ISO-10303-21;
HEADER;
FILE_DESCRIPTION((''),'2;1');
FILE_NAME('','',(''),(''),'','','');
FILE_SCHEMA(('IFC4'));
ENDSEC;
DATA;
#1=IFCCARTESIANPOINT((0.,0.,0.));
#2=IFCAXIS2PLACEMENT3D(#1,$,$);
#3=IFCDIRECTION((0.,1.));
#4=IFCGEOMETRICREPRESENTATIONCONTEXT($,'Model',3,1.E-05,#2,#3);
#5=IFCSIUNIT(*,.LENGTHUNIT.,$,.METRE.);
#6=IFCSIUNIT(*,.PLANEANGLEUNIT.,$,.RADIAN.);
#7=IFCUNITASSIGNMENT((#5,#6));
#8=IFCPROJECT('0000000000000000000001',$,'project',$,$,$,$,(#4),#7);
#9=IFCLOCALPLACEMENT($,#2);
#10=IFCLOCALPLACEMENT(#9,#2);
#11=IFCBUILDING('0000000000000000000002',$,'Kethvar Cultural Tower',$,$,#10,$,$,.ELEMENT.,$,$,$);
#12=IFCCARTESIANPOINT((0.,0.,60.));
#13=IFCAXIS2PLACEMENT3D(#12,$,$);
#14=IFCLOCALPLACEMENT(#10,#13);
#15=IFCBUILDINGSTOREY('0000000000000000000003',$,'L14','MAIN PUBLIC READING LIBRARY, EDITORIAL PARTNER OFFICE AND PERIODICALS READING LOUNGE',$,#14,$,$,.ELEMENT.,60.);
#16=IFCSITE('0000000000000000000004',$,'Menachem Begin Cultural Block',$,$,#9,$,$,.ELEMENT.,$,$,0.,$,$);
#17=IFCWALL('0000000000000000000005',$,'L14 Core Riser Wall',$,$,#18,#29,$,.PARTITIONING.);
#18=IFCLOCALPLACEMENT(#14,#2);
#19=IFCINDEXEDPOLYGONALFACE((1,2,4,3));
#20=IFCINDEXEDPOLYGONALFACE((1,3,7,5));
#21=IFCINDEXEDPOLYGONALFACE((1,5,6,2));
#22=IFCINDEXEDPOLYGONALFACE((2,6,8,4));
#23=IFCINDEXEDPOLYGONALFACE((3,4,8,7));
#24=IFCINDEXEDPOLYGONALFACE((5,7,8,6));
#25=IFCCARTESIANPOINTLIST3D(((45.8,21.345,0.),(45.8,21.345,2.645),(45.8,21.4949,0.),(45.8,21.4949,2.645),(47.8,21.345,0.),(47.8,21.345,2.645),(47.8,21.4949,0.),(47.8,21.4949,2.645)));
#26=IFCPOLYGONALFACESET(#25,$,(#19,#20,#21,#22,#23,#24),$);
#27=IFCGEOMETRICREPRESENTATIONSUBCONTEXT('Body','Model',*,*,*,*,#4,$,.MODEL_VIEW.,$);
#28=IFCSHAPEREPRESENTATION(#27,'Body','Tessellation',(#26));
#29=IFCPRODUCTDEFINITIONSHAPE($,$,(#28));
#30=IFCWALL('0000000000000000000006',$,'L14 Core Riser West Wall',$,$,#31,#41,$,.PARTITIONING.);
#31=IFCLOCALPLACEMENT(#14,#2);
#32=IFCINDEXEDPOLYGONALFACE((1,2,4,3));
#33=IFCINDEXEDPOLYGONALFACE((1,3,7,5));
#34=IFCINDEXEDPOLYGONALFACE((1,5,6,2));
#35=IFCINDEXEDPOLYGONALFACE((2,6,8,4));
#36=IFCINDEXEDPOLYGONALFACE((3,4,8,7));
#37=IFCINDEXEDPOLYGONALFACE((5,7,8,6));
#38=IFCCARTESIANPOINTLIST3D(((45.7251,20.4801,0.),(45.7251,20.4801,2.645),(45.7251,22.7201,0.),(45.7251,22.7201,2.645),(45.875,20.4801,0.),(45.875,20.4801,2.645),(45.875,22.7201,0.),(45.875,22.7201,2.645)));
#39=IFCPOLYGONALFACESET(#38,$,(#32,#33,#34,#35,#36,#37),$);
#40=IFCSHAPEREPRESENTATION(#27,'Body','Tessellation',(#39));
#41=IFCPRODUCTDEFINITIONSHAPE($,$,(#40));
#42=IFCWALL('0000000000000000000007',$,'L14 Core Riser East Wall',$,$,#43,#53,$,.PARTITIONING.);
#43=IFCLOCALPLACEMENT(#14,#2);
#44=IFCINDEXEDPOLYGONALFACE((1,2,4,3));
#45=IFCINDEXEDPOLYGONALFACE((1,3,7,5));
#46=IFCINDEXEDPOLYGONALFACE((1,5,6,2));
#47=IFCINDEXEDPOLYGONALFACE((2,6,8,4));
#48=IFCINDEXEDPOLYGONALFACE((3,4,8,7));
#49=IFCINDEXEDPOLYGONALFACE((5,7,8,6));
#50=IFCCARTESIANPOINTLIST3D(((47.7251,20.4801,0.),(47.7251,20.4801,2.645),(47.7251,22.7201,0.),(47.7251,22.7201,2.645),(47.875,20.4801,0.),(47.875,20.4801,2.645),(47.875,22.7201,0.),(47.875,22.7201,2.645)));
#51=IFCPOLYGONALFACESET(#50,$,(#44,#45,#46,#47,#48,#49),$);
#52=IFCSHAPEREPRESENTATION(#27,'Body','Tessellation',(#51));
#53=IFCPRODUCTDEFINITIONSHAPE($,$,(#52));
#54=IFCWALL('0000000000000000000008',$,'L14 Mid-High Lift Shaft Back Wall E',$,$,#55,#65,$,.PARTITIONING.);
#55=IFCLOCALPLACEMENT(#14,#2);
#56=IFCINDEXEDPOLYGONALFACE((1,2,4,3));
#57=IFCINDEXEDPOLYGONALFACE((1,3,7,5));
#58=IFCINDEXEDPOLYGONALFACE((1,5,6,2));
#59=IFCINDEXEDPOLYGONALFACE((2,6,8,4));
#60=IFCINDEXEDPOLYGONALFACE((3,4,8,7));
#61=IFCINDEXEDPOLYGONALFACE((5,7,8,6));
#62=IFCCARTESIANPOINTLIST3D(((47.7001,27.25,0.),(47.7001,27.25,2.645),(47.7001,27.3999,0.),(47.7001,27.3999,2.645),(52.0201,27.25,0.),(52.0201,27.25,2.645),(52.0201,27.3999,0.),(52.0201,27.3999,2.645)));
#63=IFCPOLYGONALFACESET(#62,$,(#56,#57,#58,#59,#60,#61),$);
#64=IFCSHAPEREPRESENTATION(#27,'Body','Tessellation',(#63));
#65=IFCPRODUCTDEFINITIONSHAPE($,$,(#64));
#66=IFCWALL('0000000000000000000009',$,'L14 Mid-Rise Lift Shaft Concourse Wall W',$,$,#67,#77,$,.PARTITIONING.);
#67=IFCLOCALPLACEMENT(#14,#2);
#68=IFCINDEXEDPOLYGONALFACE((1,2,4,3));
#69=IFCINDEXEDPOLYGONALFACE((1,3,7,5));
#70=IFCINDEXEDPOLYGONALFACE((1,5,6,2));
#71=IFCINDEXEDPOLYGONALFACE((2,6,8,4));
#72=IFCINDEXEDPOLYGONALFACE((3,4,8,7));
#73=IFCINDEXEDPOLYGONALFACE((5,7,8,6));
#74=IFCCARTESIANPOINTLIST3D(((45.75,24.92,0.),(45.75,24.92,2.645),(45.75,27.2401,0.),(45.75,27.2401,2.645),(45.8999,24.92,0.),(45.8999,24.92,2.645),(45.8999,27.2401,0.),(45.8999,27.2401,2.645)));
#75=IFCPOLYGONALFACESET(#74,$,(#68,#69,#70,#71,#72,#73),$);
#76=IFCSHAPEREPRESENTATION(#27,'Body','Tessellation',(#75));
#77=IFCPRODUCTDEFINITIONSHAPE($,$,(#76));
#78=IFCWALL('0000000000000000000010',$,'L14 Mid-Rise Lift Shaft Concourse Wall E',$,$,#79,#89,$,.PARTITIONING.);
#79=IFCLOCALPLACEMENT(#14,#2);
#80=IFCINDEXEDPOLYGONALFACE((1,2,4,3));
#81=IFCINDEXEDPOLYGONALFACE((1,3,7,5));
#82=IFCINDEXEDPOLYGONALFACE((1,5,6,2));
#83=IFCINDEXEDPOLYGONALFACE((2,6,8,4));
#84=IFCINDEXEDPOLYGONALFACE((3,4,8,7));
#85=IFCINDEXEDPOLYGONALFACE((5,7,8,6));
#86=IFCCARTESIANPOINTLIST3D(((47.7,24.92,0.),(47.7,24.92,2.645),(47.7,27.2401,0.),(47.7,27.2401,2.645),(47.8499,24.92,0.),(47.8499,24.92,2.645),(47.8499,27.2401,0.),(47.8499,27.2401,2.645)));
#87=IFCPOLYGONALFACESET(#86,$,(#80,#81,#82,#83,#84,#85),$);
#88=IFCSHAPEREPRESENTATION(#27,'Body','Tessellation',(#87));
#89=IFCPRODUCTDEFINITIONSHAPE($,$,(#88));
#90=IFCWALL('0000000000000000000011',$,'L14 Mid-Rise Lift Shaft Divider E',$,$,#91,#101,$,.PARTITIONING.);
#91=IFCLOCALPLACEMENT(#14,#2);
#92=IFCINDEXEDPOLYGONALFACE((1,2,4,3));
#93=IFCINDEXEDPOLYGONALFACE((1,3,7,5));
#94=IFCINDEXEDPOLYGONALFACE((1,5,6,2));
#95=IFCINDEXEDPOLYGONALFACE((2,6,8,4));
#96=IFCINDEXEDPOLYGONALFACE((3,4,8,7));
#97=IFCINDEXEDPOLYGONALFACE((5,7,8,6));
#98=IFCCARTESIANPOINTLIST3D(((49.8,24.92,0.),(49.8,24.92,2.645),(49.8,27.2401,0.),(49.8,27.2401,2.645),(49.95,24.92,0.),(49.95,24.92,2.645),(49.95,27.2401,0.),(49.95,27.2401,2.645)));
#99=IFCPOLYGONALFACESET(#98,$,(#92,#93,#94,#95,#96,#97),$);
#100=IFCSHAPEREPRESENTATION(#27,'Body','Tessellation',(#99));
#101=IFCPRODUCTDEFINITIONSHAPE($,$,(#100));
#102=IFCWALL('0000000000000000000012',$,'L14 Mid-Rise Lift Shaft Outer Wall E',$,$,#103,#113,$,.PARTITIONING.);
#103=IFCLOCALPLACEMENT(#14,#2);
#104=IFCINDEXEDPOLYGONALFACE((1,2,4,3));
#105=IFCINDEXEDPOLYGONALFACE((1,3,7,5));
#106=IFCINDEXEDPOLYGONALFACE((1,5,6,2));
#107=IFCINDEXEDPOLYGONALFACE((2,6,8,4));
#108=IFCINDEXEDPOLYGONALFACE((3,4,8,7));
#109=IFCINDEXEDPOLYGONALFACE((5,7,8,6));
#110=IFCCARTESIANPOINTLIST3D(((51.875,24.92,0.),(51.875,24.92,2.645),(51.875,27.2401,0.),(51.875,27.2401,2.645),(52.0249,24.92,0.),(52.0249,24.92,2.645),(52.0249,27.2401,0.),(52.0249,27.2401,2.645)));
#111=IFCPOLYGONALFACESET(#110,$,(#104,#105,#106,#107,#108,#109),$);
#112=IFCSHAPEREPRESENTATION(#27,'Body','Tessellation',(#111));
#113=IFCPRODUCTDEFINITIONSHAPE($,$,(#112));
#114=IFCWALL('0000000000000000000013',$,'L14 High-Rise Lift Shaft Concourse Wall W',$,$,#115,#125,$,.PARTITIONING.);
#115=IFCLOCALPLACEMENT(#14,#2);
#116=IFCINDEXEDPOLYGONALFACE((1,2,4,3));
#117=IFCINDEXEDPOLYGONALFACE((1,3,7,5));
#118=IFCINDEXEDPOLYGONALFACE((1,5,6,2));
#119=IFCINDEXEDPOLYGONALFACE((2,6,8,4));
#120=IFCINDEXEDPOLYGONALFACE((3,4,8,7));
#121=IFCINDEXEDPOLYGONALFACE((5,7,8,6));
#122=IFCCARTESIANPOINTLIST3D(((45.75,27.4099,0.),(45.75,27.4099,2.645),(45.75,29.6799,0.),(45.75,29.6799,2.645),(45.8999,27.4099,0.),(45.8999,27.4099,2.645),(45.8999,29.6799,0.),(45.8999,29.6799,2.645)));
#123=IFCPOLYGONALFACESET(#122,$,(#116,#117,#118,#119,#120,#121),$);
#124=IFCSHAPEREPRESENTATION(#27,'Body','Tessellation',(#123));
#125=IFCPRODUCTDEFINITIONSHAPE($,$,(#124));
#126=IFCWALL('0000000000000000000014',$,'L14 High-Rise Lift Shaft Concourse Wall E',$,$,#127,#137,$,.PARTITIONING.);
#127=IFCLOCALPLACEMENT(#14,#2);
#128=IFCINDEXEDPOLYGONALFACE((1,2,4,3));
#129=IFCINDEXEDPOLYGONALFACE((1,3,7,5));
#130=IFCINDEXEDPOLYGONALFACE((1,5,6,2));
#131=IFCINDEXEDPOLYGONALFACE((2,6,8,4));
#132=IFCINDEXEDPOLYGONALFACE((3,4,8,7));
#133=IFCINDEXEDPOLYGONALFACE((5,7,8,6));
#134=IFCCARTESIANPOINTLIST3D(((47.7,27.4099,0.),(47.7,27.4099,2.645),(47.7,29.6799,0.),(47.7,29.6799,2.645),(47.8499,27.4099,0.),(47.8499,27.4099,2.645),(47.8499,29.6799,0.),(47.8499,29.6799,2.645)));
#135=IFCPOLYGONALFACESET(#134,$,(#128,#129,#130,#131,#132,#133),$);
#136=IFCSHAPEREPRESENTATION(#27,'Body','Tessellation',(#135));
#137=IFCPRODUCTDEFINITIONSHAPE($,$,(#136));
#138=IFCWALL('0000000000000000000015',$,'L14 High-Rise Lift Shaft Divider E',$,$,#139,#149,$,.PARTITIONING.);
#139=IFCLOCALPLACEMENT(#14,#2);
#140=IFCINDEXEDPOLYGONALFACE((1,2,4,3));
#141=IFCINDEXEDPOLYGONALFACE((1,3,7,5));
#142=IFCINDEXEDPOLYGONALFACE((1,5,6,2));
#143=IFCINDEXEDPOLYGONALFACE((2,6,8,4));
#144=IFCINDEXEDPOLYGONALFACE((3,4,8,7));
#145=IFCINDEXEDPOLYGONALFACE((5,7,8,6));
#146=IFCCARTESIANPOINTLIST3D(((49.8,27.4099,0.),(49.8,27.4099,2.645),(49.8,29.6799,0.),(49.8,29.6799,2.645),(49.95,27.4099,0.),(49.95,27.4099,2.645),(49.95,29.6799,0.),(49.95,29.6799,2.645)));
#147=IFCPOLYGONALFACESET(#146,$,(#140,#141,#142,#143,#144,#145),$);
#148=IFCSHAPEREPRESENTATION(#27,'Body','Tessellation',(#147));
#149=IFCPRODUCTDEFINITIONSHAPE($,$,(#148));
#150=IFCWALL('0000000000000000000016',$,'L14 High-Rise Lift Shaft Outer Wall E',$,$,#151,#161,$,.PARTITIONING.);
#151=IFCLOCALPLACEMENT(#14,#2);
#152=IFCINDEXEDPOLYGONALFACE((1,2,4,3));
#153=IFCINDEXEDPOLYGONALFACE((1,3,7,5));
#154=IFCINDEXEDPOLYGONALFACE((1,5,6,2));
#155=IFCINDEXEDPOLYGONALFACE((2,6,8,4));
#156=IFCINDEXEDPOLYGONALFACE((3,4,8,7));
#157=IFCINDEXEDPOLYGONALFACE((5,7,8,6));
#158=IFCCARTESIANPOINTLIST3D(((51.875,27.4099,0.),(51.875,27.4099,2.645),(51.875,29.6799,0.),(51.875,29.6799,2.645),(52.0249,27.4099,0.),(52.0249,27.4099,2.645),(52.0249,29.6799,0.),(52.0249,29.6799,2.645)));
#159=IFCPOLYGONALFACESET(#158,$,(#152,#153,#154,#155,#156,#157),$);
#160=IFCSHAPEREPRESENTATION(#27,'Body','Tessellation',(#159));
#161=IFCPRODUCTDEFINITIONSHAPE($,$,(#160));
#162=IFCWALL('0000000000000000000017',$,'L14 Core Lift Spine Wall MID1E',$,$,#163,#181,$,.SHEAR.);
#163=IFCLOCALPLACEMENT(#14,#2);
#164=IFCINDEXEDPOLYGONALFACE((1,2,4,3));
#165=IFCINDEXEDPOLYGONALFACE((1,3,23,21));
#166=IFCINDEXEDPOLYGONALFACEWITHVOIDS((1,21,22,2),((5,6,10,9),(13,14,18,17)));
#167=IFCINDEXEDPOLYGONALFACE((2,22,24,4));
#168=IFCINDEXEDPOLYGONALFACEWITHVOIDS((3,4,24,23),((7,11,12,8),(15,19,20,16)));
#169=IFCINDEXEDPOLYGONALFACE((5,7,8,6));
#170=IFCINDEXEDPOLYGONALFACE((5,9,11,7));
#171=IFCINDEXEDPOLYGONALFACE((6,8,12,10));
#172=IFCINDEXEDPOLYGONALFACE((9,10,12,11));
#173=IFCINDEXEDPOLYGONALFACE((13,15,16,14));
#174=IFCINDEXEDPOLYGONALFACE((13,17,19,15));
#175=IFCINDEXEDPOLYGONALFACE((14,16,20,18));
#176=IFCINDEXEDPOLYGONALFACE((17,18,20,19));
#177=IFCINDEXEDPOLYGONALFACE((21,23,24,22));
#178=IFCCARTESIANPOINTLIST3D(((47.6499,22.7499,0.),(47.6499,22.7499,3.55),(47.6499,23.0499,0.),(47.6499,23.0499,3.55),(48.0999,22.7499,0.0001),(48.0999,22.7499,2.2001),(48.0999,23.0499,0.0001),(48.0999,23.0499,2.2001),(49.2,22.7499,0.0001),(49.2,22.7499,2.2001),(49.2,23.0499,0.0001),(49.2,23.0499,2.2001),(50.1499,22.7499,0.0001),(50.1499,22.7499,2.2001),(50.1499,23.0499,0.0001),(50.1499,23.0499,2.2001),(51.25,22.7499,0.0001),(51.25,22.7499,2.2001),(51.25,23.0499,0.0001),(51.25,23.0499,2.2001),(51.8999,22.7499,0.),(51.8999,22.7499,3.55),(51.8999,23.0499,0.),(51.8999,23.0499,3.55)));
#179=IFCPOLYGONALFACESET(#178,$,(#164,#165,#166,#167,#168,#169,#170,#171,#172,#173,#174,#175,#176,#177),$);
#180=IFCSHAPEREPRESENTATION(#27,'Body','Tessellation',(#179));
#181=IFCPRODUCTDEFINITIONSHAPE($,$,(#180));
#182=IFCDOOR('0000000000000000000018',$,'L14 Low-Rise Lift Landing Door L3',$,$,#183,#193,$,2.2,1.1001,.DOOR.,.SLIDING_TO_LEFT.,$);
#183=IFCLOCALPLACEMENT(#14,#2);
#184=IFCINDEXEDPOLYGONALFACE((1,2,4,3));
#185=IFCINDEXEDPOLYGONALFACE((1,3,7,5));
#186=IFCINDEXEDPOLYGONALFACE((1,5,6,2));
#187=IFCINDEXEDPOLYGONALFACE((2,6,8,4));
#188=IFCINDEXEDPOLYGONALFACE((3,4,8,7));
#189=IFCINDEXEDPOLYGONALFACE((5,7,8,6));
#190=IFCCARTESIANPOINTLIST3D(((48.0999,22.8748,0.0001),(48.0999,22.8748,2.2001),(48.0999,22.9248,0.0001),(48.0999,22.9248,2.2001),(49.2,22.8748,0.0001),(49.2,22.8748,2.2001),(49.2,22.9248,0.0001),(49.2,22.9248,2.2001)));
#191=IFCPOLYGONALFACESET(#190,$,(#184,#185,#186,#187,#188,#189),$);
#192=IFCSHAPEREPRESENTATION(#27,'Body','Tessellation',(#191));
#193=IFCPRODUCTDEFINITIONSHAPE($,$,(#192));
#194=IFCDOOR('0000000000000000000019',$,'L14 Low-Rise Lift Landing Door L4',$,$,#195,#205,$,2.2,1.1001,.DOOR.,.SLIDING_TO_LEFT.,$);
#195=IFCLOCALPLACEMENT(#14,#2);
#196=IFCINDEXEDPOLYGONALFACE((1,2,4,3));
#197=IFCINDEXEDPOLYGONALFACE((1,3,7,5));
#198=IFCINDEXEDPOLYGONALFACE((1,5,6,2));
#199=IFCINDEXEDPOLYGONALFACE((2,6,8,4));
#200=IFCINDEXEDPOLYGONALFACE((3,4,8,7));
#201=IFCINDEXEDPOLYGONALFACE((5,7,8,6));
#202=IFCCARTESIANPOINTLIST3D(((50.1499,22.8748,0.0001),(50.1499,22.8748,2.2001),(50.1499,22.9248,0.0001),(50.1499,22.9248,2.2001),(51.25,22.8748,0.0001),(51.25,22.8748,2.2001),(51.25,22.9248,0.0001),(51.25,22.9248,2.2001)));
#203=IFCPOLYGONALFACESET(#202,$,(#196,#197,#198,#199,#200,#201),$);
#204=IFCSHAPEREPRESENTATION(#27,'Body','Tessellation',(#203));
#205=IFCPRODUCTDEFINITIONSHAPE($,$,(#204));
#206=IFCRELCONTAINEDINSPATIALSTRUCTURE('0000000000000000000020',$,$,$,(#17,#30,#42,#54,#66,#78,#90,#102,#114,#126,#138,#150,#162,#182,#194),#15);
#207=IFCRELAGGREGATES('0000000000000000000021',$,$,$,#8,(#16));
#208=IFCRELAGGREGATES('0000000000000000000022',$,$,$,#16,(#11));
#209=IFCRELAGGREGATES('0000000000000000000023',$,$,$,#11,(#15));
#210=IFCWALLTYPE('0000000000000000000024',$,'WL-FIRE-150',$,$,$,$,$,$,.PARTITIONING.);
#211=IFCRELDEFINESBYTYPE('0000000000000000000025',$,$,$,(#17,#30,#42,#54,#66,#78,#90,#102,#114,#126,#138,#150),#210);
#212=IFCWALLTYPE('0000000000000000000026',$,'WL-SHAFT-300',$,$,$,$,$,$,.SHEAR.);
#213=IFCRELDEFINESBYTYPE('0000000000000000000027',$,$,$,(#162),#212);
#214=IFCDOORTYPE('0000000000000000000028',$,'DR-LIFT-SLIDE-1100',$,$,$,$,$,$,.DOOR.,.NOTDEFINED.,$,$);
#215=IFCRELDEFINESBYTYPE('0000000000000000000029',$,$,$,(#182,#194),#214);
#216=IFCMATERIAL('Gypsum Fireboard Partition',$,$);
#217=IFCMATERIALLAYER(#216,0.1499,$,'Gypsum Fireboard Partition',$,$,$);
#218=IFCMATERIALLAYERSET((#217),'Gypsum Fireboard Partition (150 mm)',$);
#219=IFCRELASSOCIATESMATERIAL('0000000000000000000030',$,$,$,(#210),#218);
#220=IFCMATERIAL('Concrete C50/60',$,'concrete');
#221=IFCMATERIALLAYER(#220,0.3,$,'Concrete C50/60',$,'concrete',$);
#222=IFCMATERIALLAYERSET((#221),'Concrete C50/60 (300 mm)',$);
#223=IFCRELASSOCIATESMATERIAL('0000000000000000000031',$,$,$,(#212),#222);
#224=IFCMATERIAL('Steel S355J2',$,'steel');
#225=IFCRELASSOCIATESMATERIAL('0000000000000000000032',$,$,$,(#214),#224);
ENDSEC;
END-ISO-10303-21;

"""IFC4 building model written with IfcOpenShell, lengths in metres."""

from ifc_helpers import new_model, si_unit, direction, frame, frame_2d, origin, place, context, subcontext, project, spatial, rectangle, extrude, source, transform, mapped, material, layer, layer_set, type_object, element, fill, save


model = new_model("IFC4")

# Units and contexts
model_context = context("Model", 3, precision=1e-05, world=origin(), true_north=direction((0.0, 1.0)))
body_context = subcontext(model_context, "Body", "Model", "MODEL_VIEW")
ifc_project = project(units=[si_unit("LENGTHUNIT", "METRE"), si_unit("PLANEANGLEUNIT", "RADIAN")], contexts=[model_context])

# Site, building, storey
site_placement = place(None, origin())
site = spatial("IfcSite", under=ifc_project, at=site_placement, Name="Menachem Begin Cultural Block", CompositionType="ELEMENT", RefElevation=0.0)
building_placement = place(site_placement, origin())
building = spatial("IfcBuilding", under=site, at=building_placement, Name="Kethvar Cultural Tower", CompositionType="ELEMENT")
storey_placement = place(building_placement, frame((0.0, 0.0, 60.0)))
storey = spatial("IfcBuildingStorey", under=building, at=storey_placement, Name="L14", Description="MAIN PUBLIC READING LIBRARY, EDITORIAL PARTNER OFFICE AND PERIODICALS READING LOUNGE", CompositionType="ELEMENT", Elevation=60.0)

# Shared definitions
ifc_material_1 = material(Name="Steel S355J2", Category="steel")

# Walls
ifc_material_2 = material(Name="Gypsum Fireboard Partition")
ifc_layer_1 = layer(ifc_material_2, 0.1499, Name="Gypsum Fireboard Partition")
ifc_layer_set_1 = layer_set([ifc_layer_1], Name="Gypsum Fireboard Partition (150 mm)")
wall_type_1 = type_object("IfcWallType", Name="WL-FIRE-150", PredefinedType="PARTITIONING", material=ifc_layer_set_1)
wall_1_placement = place(storey_placement, frame((45.8, 21.4199, 0.0), z_axis=(0.0, 0.0, 1.0), x_axis=(1.0, 0.0, 0.0)))
element("IfcWall", 1, at=wall_1_placement, inside=storey, type_object=wall_type_1, Name="L14 Core Riser Wall", PredefinedType="PARTITIONING", context=body_context, shape_type="SweptSolid", body=[
    extrude(rectangle(XDim=2.0, YDim=0.1499, at=frame_2d((1.0, 0.0))), origin(), (0.0, 0.0, 1.0), 2.645),
])
for number, where, z_axis, x_axis, name in (
    (2, (45.8, 20.48, 0.0), (0.0, 0.0, 1.0), (0.0, 1.0, 0.0), "L14 Core Riser West Wall"),
    (3, (47.8, 20.48, 0.0), (0.0, 0.0, 1.0), (0.0, 1.0, 0.0), "L14 Core Riser East Wall"),
):
    element("IfcWall", number, at=place(storey_placement, frame(where, z_axis=z_axis, x_axis=x_axis)), inside=storey, type_object=wall_type_1, Name=name, PredefinedType="PARTITIONING", context=body_context, shape_type="SweptSolid", body=[
        extrude(rectangle(XDim=2.24, YDim=0.1499, at=frame_2d((1.1201, 0.0))), origin(), (0.0, 0.0, 1.0), 2.645),
    ])
wall_2_placement = place(storey_placement, frame((47.7, 27.325, 0.0), z_axis=(0.0, 0.0, 1.0), x_axis=(1.0, 0.0, 0.0)))
element("IfcWall", 4, at=wall_2_placement, inside=storey, type_object=wall_type_1, Name="L14 Mid-High Lift Shaft Back Wall E", PredefinedType="PARTITIONING", context=body_context, shape_type="SweptSolid", body=[
    extrude(rectangle(XDim=4.3201, YDim=0.1499, at=frame_2d((2.1602, 0.0))), origin(), (0.0, 0.0, 1.0), 2.645),
])
for number, where, z_axis, x_axis, name in (
    (5, (45.825, 24.9199, 0.0), (0.0, 0.0, 1.0), (0.0, 1.0, 0.0), "L14 Mid-Rise Lift Shaft Concourse Wall W"),
    (6, (47.7749, 24.9199, 0.0), (0.0, 0.0, 1.0), (0.0, 1.0, 0.0), "L14 Mid-Rise Lift Shaft Concourse Wall E"),
    (7, (49.875, 24.9199, 0.0), (0.0, 0.0, 1.0), (0.0, 1.0, 0.0), "L14 Mid-Rise Lift Shaft Divider E"),
    (8, (51.95, 24.9199, 0.0), (0.0, 0.0, 1.0), (0.0, 1.0, 0.0), "L14 Mid-Rise Lift Shaft Outer Wall E"),
):
    element("IfcWall", number, at=place(storey_placement, frame(where, z_axis=z_axis, x_axis=x_axis)), inside=storey, type_object=wall_type_1, Name=name, PredefinedType="PARTITIONING", context=body_context, shape_type="SweptSolid", body=[
        extrude(rectangle(XDim=2.3201, YDim=0.1499, at=frame_2d((1.1602, 0.0))), origin(), (0.0, 0.0, 1.0), 2.645),
    ])
for number, where, z_axis, x_axis, name in (
    (9, (45.825, 27.4099, 0.0), (0.0, 0.0, 1.0), (0.0, 1.0, 0.0), "L14 High-Rise Lift Shaft Concourse Wall W"),
    (10, (47.7749, 27.4099, 0.0), (0.0, 0.0, 1.0), (0.0, 1.0, 0.0), "L14 High-Rise Lift Shaft Concourse Wall E"),
    (11, (49.875, 27.4099, 0.0), (0.0, 0.0, 1.0), (0.0, 1.0, 0.0), "L14 High-Rise Lift Shaft Divider E"),
    (12, (51.95, 27.4099, 0.0), (0.0, 0.0, 1.0), (0.0, 1.0, 0.0), "L14 High-Rise Lift Shaft Outer Wall E"),
):
    element("IfcWall", number, at=place(storey_placement, frame(where, z_axis=z_axis, x_axis=x_axis)), inside=storey, type_object=wall_type_1, Name=name, PredefinedType="PARTITIONING", context=body_context, shape_type="SweptSolid", body=[
        extrude(rectangle(XDim=2.27, YDim=0.1499, at=frame_2d((1.135, 0.0))), origin(), (0.0, 0.0, 1.0), 2.645),
    ])

# Wall, openings, doors
ifc_material_3 = material(Name="Concrete C50/60", Category="concrete")
ifc_layer_2 = layer(ifc_material_3, 0.3, Name="Concrete C50/60", Category="concrete")
ifc_layer_set_2 = layer_set([ifc_layer_2], Name="Concrete C50/60 (300 mm)")
wall_type_2 = type_object("IfcWallType", Name="WL-SHAFT-300", PredefinedType="SHEAR", material=ifc_layer_set_2)
wall_3_placement = place(storey_placement, frame((47.6499, 22.8999, 0.0), z_axis=(0.0, 0.0, 1.0), x_axis=(1.0, 0.0, 0.0)))
wall_3 = element("IfcWall", 13, at=wall_3_placement, inside=storey, type_object=wall_type_2, Name="L14 Core Lift Spine Wall MID1E", PredefinedType="SHEAR", context=body_context, shape_type="SweptSolid", body=[
    extrude(rectangle(XDim=4.25, YDim=0.3, at=frame_2d((2.125, 0.0))), origin(), (0.0, 0.0, 1.0), 3.55),
])
opening_1_placement = place(wall_3_placement, frame((0.45, 0.0, 0.0)))
opening_1 = element("IfcOpeningElement", 14, at=opening_1_placement, cuts=wall_3, PredefinedType="OPENING", context=body_context, shape_type="SweptSolid", body=[
    extrude(rectangle(XDim=1.1001, YDim=2.2, at=frame_2d((0.55, 1.1001))), frame((0.0, 0.1599, 0.0), z_axis=(0.0, -1.0, 0.0), x_axis=(1.0, 0.0, 0.0)), (0.0, 0.0, 1.0), 0.3201),
])
opening_2_placement = place(wall_3_placement, frame((2.5, 0.0, 0.0)))
opening_2 = element("IfcOpeningElement", 15, at=opening_2_placement, cuts=wall_3, PredefinedType="OPENING", context=body_context, shape_type="SweptSolid", body=[
    extrude(rectangle(XDim=1.1001, YDim=2.2, at=frame_2d((0.55, 1.1001))), frame((0.0, 0.1599, 0.0), z_axis=(0.0, -1.0, 0.0), x_axis=(1.0, 0.0, 0.0)), (0.0, 0.0, 1.0), 0.3201),
])
door_type = type_object("IfcDoorType", Name="DR-LIFT-SLIDE-1100", OperationType="NOTDEFINED", PredefinedType="DOOR", material=ifc_material_1)
shared_shape_1 = source(origin(), body_context, "Body", "SweptSolid", [
    extrude(rectangle(XDim=1.1001, YDim=2.2, at=frame_2d((0.55, 1.1001))), frame((0.0, 0.0249, 0.0), z_axis=(0.0, -1.0, 0.0), x_axis=(1.0, 0.0, 0.0)), (0.0, 0.0, 1.0), 0.05),
])
door_1_placement = place(opening_1_placement, origin())
door_1 = element("IfcDoor", 16, at=door_1_placement, inside=storey, type_object=door_type, Name="L14 Low-Rise Lift Landing Door L3", OperationType="SLIDING_TO_LEFT", OverallHeight=2.2, OverallWidth=1.1001, PredefinedType="DOOR", context=body_context, shape_type="MappedRepresentation", body=[
    mapped(shared_shape_1, transform((0.0, 0.0, 0.0), scale=1.0)),
])
fill(opening_1, door_1)
door_2_placement = place(opening_2_placement, origin())
door_2 = element("IfcDoor", 17, at=door_2_placement, inside=storey, type_object=door_type, Name="L14 Low-Rise Lift Landing Door L4", OperationType="SLIDING_TO_LEFT", OverallHeight=2.2, OverallWidth=1.1001, PredefinedType="DOOR", context=body_context, shape_type="MappedRepresentation", body=[
    mapped(shared_shape_1, transform((0.0, 0.0, 0.0), scale=1.0)),
])
fill(opening_2, door_2)

save(model, "model.ifc")
